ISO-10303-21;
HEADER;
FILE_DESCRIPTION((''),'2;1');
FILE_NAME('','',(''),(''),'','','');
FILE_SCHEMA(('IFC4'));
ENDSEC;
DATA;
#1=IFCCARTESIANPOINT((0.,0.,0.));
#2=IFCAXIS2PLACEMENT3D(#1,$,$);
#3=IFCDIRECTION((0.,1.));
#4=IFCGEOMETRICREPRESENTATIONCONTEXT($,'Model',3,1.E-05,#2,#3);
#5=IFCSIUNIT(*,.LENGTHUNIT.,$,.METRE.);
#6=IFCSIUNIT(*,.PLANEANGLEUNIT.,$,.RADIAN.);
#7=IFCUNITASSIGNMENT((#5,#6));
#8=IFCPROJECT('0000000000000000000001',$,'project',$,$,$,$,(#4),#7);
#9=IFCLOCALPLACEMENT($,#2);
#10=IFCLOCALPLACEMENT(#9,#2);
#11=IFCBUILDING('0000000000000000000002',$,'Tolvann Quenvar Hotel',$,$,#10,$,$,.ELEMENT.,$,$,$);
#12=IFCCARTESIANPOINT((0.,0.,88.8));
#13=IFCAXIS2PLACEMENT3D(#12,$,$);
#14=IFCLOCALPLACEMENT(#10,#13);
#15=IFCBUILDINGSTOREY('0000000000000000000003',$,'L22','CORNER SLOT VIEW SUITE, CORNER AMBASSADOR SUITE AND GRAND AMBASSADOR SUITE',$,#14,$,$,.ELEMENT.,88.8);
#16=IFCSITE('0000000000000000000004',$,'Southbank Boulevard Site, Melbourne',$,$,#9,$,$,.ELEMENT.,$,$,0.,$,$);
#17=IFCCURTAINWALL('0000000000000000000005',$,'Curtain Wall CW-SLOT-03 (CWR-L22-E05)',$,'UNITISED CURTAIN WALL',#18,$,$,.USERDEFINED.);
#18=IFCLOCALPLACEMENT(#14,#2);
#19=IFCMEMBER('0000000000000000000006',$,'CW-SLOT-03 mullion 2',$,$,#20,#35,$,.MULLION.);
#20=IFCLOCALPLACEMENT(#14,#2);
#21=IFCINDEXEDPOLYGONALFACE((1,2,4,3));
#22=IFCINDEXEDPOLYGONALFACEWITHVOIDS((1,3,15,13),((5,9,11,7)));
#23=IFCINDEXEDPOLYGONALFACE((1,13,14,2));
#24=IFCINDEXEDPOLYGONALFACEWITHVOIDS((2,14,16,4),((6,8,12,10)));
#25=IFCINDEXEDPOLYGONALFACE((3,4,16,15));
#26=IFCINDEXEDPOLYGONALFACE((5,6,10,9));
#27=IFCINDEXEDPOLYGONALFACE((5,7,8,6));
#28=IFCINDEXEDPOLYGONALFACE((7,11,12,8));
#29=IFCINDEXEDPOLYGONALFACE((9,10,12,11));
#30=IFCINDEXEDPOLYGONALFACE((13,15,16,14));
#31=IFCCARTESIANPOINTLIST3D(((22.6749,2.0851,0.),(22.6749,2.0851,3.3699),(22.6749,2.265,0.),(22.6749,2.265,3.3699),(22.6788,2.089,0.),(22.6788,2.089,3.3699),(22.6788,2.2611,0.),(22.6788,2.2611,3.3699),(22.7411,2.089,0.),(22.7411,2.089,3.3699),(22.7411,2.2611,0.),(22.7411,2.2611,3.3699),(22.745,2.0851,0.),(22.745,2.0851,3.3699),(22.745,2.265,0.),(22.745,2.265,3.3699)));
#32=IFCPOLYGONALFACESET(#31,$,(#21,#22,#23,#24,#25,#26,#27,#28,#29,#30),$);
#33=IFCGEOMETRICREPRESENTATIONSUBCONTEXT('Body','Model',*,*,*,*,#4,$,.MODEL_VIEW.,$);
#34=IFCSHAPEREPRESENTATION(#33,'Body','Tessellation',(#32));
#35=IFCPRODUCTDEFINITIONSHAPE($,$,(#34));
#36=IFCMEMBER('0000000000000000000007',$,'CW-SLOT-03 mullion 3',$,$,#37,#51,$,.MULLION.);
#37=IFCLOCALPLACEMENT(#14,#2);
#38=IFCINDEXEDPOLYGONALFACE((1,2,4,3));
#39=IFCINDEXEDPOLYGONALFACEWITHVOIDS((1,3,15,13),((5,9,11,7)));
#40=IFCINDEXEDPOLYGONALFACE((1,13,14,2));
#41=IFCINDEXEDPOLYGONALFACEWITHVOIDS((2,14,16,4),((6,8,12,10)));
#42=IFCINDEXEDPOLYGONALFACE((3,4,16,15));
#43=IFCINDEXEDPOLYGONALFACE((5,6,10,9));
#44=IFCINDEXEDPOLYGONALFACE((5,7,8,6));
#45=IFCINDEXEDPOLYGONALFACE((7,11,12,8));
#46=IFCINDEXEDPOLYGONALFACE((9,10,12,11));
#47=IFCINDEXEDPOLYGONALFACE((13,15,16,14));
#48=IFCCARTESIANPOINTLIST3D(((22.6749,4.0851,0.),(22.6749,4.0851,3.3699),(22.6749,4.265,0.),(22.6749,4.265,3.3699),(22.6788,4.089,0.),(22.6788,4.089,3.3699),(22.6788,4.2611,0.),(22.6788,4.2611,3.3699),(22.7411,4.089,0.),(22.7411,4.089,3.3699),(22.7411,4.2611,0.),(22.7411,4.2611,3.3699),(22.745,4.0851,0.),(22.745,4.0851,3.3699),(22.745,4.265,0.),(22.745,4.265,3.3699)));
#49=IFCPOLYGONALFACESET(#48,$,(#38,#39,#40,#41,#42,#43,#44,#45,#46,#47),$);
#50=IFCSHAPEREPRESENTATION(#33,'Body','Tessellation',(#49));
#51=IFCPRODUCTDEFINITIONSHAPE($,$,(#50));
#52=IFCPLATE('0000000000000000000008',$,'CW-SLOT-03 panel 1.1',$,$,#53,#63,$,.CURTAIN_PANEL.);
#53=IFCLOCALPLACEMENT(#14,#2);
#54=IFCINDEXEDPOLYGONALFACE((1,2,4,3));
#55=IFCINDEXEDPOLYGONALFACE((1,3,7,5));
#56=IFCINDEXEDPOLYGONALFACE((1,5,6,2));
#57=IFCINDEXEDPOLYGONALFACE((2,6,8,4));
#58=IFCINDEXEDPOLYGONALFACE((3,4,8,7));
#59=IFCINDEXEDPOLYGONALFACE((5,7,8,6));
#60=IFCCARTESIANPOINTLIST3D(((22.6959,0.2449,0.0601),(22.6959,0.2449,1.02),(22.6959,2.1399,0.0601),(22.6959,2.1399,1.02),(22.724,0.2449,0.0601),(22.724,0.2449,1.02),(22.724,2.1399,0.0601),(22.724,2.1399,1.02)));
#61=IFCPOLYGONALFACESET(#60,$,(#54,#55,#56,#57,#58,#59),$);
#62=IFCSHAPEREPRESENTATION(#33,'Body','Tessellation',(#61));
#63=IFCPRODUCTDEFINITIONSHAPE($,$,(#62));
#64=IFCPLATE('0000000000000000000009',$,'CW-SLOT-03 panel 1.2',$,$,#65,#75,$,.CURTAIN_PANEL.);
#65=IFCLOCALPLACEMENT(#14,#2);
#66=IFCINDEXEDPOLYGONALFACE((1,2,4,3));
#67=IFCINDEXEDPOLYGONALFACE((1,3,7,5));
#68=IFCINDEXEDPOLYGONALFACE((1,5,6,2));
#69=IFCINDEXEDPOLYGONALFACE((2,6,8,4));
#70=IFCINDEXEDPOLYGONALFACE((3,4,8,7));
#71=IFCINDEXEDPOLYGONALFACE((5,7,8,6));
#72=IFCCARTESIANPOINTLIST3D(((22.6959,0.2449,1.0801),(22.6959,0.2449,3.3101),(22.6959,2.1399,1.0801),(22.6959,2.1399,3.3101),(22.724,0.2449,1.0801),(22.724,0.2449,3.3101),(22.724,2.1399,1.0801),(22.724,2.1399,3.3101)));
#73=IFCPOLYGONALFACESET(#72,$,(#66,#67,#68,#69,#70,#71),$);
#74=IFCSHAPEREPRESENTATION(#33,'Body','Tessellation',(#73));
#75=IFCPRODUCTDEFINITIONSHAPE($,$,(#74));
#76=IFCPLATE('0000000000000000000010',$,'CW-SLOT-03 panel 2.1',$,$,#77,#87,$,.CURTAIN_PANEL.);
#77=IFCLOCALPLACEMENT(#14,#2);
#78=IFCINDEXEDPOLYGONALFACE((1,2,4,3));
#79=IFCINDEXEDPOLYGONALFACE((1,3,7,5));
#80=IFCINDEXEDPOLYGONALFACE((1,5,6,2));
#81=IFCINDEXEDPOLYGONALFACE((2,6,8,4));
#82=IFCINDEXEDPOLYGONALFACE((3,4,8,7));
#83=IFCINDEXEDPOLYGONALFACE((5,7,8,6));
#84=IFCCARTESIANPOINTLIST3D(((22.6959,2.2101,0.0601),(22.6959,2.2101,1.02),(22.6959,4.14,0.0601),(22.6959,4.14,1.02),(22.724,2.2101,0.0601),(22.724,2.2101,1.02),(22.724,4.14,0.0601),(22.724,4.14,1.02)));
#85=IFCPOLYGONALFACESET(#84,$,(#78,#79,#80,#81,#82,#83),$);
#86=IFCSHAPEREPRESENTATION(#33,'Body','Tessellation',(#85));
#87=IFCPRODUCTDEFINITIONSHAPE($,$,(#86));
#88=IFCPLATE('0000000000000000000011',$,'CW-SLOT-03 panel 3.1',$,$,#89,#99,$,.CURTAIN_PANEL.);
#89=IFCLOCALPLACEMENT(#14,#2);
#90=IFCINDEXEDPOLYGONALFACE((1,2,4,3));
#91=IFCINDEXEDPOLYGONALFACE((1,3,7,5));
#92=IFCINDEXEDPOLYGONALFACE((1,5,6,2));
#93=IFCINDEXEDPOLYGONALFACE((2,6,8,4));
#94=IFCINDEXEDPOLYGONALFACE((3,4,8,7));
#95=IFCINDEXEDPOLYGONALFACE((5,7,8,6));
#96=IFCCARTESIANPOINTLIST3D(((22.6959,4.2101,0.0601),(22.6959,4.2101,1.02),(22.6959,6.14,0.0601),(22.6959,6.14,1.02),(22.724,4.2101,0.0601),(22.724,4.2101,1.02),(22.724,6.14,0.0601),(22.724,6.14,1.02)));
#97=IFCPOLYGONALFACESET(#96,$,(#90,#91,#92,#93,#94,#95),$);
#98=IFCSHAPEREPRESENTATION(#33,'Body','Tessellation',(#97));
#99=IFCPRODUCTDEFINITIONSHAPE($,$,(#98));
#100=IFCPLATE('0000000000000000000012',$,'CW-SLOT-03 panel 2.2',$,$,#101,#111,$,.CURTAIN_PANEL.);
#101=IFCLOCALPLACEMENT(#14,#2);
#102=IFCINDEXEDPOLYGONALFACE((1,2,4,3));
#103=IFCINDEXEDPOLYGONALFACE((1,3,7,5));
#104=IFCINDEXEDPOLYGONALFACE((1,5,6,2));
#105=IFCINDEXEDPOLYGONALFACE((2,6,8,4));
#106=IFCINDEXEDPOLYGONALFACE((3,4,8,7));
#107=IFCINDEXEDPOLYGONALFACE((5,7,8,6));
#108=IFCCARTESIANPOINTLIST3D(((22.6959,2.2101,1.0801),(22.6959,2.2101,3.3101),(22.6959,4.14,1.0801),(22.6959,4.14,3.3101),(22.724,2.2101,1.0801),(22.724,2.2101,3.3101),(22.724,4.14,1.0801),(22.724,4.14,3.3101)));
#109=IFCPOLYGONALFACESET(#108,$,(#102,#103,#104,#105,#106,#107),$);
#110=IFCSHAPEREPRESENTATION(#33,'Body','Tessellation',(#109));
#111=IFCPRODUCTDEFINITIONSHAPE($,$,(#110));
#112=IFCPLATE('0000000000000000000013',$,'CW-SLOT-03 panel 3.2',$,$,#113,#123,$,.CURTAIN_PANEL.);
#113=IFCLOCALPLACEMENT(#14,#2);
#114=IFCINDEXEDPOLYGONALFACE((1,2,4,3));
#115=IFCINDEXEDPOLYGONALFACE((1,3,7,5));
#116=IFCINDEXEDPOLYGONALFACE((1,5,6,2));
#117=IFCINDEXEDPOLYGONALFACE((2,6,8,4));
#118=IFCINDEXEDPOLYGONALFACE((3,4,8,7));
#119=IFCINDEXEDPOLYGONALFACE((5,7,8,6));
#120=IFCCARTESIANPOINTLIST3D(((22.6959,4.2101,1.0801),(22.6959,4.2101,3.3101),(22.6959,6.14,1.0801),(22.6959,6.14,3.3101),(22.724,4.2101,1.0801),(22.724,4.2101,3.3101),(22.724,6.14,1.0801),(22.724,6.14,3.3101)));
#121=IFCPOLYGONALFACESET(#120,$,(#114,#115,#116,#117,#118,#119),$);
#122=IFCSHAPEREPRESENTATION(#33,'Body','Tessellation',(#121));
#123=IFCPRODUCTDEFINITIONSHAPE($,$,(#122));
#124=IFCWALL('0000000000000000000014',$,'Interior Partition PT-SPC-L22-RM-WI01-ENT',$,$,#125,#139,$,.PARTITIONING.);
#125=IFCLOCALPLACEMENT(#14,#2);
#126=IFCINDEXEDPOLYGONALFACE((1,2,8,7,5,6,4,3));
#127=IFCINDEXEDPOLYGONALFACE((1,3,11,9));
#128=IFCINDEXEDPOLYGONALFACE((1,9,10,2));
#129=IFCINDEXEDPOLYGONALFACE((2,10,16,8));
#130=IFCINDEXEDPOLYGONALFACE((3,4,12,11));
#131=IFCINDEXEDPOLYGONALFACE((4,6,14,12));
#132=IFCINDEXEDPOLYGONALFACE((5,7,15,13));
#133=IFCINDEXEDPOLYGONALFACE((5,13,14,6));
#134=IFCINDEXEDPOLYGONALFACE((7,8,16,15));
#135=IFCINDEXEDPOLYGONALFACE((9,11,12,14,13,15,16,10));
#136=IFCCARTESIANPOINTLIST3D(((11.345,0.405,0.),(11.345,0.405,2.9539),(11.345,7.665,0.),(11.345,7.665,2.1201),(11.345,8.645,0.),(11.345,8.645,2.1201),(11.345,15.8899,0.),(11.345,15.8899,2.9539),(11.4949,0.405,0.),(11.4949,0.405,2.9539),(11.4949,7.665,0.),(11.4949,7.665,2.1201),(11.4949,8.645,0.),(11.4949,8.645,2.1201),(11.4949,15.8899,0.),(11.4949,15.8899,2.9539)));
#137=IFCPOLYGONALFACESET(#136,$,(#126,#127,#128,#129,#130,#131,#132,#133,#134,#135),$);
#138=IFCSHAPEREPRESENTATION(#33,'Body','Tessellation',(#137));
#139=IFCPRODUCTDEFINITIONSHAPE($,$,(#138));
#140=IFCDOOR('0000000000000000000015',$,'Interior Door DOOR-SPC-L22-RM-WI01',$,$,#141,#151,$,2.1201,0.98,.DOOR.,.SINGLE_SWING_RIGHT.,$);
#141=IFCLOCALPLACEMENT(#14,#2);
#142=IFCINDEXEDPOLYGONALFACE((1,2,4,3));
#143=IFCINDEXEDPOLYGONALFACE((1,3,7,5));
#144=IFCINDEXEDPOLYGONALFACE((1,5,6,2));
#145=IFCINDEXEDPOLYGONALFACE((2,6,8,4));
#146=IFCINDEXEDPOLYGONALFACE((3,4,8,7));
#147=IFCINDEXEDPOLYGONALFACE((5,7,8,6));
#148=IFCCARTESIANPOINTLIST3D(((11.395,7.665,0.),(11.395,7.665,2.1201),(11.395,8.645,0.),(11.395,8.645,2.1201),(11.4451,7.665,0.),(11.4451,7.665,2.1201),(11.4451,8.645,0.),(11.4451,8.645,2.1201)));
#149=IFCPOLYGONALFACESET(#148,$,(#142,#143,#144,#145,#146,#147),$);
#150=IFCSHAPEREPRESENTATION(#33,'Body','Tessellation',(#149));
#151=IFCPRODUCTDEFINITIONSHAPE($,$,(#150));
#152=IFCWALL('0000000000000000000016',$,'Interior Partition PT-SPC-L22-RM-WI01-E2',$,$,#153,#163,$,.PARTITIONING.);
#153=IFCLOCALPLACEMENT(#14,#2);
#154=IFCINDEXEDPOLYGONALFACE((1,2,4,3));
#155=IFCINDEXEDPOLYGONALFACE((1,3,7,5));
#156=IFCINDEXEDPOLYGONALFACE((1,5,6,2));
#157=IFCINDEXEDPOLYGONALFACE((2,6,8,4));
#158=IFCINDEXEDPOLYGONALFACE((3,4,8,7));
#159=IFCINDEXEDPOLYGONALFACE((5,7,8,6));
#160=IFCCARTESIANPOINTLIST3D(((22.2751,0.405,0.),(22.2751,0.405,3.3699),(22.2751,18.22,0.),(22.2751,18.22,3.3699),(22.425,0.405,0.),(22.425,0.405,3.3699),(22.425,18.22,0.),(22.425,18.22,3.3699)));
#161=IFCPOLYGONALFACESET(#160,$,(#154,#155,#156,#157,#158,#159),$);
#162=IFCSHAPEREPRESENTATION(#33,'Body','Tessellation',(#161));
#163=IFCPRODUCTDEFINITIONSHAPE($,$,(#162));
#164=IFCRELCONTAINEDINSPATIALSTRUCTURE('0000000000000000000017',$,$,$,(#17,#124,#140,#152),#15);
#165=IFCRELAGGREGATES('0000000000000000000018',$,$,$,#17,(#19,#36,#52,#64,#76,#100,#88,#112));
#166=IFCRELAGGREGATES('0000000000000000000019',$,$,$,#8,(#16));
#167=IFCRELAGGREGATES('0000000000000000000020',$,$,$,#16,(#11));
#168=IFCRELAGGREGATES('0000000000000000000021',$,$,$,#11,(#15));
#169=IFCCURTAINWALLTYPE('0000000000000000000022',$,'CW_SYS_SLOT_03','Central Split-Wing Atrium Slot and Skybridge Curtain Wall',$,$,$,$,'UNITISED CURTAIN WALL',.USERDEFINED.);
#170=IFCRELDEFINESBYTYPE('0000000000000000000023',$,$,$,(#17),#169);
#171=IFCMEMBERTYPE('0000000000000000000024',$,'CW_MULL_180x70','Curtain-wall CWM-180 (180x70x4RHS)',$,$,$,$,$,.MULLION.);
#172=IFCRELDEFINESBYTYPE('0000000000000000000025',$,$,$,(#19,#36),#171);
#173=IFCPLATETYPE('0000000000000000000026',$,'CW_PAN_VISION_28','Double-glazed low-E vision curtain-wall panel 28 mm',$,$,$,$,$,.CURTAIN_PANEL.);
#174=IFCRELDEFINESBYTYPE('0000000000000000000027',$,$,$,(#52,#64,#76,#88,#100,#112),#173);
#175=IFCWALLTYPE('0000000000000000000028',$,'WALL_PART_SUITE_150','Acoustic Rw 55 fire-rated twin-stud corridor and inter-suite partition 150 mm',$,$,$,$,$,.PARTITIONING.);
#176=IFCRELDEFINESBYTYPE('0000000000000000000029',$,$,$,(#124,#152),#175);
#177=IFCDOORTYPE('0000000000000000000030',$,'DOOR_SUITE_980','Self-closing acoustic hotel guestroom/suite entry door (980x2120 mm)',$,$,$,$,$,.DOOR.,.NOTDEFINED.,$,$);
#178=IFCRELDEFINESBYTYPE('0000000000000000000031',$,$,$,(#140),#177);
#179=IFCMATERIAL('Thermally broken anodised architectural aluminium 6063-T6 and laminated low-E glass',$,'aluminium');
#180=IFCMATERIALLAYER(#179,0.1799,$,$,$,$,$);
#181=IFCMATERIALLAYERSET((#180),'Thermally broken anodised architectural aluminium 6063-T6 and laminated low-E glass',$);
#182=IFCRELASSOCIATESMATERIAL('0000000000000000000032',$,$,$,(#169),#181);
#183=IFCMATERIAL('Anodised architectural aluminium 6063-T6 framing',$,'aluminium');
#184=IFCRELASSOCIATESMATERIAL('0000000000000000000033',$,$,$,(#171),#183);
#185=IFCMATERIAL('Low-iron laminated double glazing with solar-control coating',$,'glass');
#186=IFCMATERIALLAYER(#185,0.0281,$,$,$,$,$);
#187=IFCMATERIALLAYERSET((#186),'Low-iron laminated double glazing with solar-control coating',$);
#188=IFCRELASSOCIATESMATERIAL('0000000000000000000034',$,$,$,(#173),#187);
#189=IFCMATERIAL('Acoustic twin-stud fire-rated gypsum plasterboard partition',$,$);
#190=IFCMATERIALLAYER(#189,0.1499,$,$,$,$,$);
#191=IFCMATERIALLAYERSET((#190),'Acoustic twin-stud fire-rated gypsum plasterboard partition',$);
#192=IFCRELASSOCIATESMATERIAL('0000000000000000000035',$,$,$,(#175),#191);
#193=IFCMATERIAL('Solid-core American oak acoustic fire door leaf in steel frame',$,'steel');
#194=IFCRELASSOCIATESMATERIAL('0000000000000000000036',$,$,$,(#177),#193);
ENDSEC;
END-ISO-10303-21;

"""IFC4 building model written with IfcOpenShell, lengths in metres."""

from ifc_helpers import new_model, si_unit, direction, frame, frame_2d, origin, origin_2d, place, context, subcontext, project, spatial, rectangle, hollow_rectangle, extrude, source, transform, mapped, material, layer, layer_set, material_profile, profile_set, type_object, type_shapes, element, fill, aggregate, save


model = new_model("IFC4")

# Units and contexts
model_context = context("Model", 3, precision=1e-05, world=origin(), true_north=direction((0.0, 1.0)))
body_context = subcontext(model_context, "Body", "Model", "MODEL_VIEW")
ifc_project = project(units=[si_unit("LENGTHUNIT", "METRE"), si_unit("PLANEANGLEUNIT", "RADIAN")], contexts=[model_context])

# Site, building, storey
site_placement = place(None, origin())
site = spatial("IfcSite", under=ifc_project, at=site_placement, Name="Southbank Boulevard Site, Melbourne", CompositionType="ELEMENT", RefElevation=0.0)
building_placement = place(site_placement, origin())
building = spatial("IfcBuilding", under=site, at=building_placement, Name="Tolvann Quenvar Hotel", CompositionType="ELEMENT")
storey_placement = place(building_placement, frame((0.0, 0.0, 88.8)))
storey = spatial("IfcBuildingStorey", under=building, at=storey_placement, Name="L22", Description="CORNER SLOT VIEW SUITE, CORNER AMBASSADOR SUITE AND GRAND AMBASSADOR SUITE", CompositionType="ELEMENT", Elevation=88.8)

# Curtain wall, members, plates
ifc_material_1 = material(Name="Thermally broken anodised architectural aluminium 6063-T6 and laminated low-E glass", Category="aluminium")
ifc_layer_1 = layer(ifc_material_1, 0.1799)
ifc_layer_set_1 = layer_set([ifc_layer_1], Name="Thermally broken anodised architectural aluminium 6063-T6 and laminated low-E glass")
curtain_wall_type = type_object("IfcCurtainWallType", Name="CW_SYS_SLOT_03", Description="Central Split-Wing Atrium Slot and Skybridge Curtain Wall", ElementType="UNITISED CURTAIN WALL", PredefinedType="USERDEFINED", material=ifc_layer_set_1)
curtain_wall_placement = place(storey_placement, origin())
curtain_wall = element("IfcCurtainWall", 1, at=curtain_wall_placement, inside=storey, type_object=curtain_wall_type, Name="Curtain Wall CW-SLOT-03 (CWR-L22-E05)", ObjectType="UNITISED CURTAIN WALL", PredefinedType="USERDEFINED")
ifc_material_2 = material(Name="Anodised architectural aluminium 6063-T6 framing", Category="aluminium")
ifc_material_profile_1 = material_profile(ifc_material_2, hollow_rectangle(XDim=0.0701, YDim=0.1799, WallThickness=0.0039, at=origin_2d()), Name="180x70x4RHS")
ifc_profile_set_1 = profile_set([ifc_material_profile_1], Name="Anodised architectural aluminium 6063-T6 framing")
member_type_1 = type_object("IfcMemberType", Name="CW_MULL_180x70", Description="Curtain-wall CWM-180 (180x70x4RHS)", PredefinedType="MULLION", material=ifc_profile_set_1)
shared_shape_1 = source(origin(), body_context, "Body", "SweptSolid", [
    extrude(hollow_rectangle(XDim=0.0701, YDim=0.1799, WallThickness=0.0039, at=origin_2d()), origin(), (0.0, 0.0, 1.0), 3.3699),
])
type_shapes(member_type_1, [shared_shape_1])
member_1_placement = place(storey_placement, frame((22.71, 2.175, 0.0), z_axis=(0.0, 0.0, 1.0), x_axis=(-1.0, 0.0, 0.0)))
member_1 = element("IfcMember", 2, at=member_1_placement, type_object=member_type_1, Name="CW-SLOT-03 mullion 2", PredefinedType="MULLION", context=body_context, shape_type="MappedRepresentation", body=[
    mapped(shared_shape_1, transform((0.0, 0.0, 0.0), x_axis=(1.0, 0.0, 0.0), y_axis=(0.0, 1.0, 0.0), z_axis=(0.0, 0.0, 1.0), scale=1.0)),
])
member_2_placement = place(storey_placement, frame((22.71, 4.175, 0.0), z_axis=(0.0, 0.0, 1.0), x_axis=(-1.0, 0.0, 0.0)))
member_2 = element("IfcMember", 3, at=member_2_placement, type_object=member_type_1, Name="CW-SLOT-03 mullion 3", PredefinedType="MULLION", context=body_context, shape_type="MappedRepresentation", body=[
    mapped(shared_shape_1, transform((0.0, 0.0, 0.0), x_axis=(1.0, 0.0, 0.0), y_axis=(0.0, 1.0, 0.0), z_axis=(0.0, 0.0, 1.0), scale=1.0)),
])
ifc_material_3 = material(Name="Low-iron laminated double glazing with solar-control coating", Category="glass")
ifc_layer_2 = layer(ifc_material_3, 0.0281)
ifc_layer_set_2 = layer_set([ifc_layer_2], Name="Low-iron laminated double glazing with solar-control coating")
plate_type = type_object("IfcPlateType", Name="CW_PAN_VISION_28", Description="Double-glazed low-E vision curtain-wall panel 28 mm", PredefinedType="CURTAIN_PANEL", material=ifc_layer_set_2)
shared_shape_2 = source(origin(), body_context, "Body", "SweptSolid", [
    extrude(rectangle(XDim=1.895, YDim=0.0281, at=origin_2d()), origin(), (0.0, 0.0, 1.0), 0.96),
])
plate_1_placement = place(storey_placement, frame((22.71, 1.1924, 0.0601), z_axis=(0.0, 0.0, 1.0), x_axis=(0.0, 1.0, 0.0)))
plate_1 = element("IfcPlate", 4, at=plate_1_placement, type_object=plate_type, Name="CW-SLOT-03 panel 1.1", PredefinedType="CURTAIN_PANEL", context=body_context, shape_type="MappedRepresentation", body=[
    mapped(shared_shape_2, transform((0.0, 0.0, 0.0), x_axis=(1.0, 0.0, 0.0), y_axis=(0.0, 1.0, 0.0), z_axis=(0.0, 0.0, 1.0), scale=1.0)),
])
shared_shape_3 = source(origin(), body_context, "Body", "SweptSolid", [
    extrude(rectangle(XDim=1.895, YDim=0.0281, at=origin_2d()), origin(), (0.0, 0.0, 1.0), 2.23),
])
plate_2_placement = place(storey_placement, frame((22.71, 1.1924, 1.0801), z_axis=(0.0, 0.0, 1.0), x_axis=(0.0, 1.0, 0.0)))
plate_2 = element("IfcPlate", 5, at=plate_2_placement, type_object=plate_type, Name="CW-SLOT-03 panel 1.2", PredefinedType="CURTAIN_PANEL", context=body_context, shape_type="MappedRepresentation", body=[
    mapped(shared_shape_3, transform((0.0, 0.0, 0.0), x_axis=(1.0, 0.0, 0.0), y_axis=(0.0, 1.0, 0.0), z_axis=(0.0, 0.0, 1.0), scale=1.0)),
])
shared_shape_4 = source(origin(), body_context, "Body", "SweptSolid", [
    extrude(rectangle(XDim=1.9299, YDim=0.0281, at=origin_2d()), origin(), (0.0, 0.0, 1.0), 0.96),
])
plate_3_placement = place(storey_placement, frame((22.71, 3.175, 0.0601), z_axis=(0.0, 0.0, 1.0), x_axis=(0.0, 1.0, 0.0)))
plate_3 = element("IfcPlate", 6, at=plate_3_placement, type_object=plate_type, Name="CW-SLOT-03 panel 2.1", PredefinedType="CURTAIN_PANEL", context=body_context, shape_type="MappedRepresentation", body=[
    mapped(shared_shape_4, transform((0.0, 0.0, 0.0), x_axis=(1.0, 0.0, 0.0), y_axis=(0.0, 1.0, 0.0), z_axis=(0.0, 0.0, 1.0), scale=1.0)),
])
plate_4_placement = place(storey_placement, frame((22.71, 5.175, 0.0601), z_axis=(0.0, 0.0, 1.0), x_axis=(0.0, 1.0, 0.0)))
plate_4 = element("IfcPlate", 7, at=plate_4_placement, type_object=plate_type, Name="CW-SLOT-03 panel 3.1", PredefinedType="CURTAIN_PANEL", context=body_context, shape_type="MappedRepresentation", body=[
    mapped(shared_shape_4, transform((0.0, 0.0, 0.0), x_axis=(1.0, 0.0, 0.0), y_axis=(0.0, 1.0, 0.0), z_axis=(0.0, 0.0, 1.0), scale=1.0)),
])
shared_shape_5 = source(origin(), body_context, "Body", "SweptSolid", [
    extrude(rectangle(XDim=1.9299, YDim=0.0281, at=origin_2d()), origin(), (0.0, 0.0, 1.0), 2.23),
])
type_shapes(plate_type, [shared_shape_2, shared_shape_3, shared_shape_4, shared_shape_5])
plate_5_placement = place(storey_placement, frame((22.71, 3.175, 1.0801), z_axis=(0.0, 0.0, 1.0), x_axis=(0.0, 1.0, 0.0)))
plate_5 = element("IfcPlate", 8, at=plate_5_placement, type_object=plate_type, Name="CW-SLOT-03 panel 2.2", PredefinedType="CURTAIN_PANEL", context=body_context, shape_type="MappedRepresentation", body=[
    mapped(shared_shape_5, transform((0.0, 0.0, 0.0), x_axis=(1.0, 0.0, 0.0), y_axis=(0.0, 1.0, 0.0), z_axis=(0.0, 0.0, 1.0), scale=1.0)),
])
plate_6_placement = place(storey_placement, frame((22.71, 5.175, 1.0801), z_axis=(0.0, 0.0, 1.0), x_axis=(0.0, 1.0, 0.0)))
plate_6 = element("IfcPlate", 9, at=plate_6_placement, type_object=plate_type, Name="CW-SLOT-03 panel 3.2", PredefinedType="CURTAIN_PANEL", context=body_context, shape_type="MappedRepresentation", body=[
    mapped(shared_shape_5, transform((0.0, 0.0, 0.0), x_axis=(1.0, 0.0, 0.0), y_axis=(0.0, 1.0, 0.0), z_axis=(0.0, 0.0, 1.0), scale=1.0)),
])
aggregate(curtain_wall, [member_1, member_2, plate_1, plate_2, plate_3, plate_5, plate_4, plate_6])

# Wall, opening, door
ifc_material_4 = material(Name="Acoustic twin-stud fire-rated gypsum plasterboard partition")
ifc_layer_3 = layer(ifc_material_4, 0.1499)
ifc_layer_set_3 = layer_set([ifc_layer_3], Name="Acoustic twin-stud fire-rated gypsum plasterboard partition")
wall_type = type_object("IfcWallType", Name="WALL_PART_SUITE_150", Description="Acoustic Rw 55 fire-rated twin-stud corridor and inter-suite partition 150 mm", PredefinedType="PARTITIONING", material=ifc_layer_set_3)
wall_1_placement = place(storey_placement, frame((11.4199, 0.405, 0.0), z_axis=(0.0, 0.0, 1.0), x_axis=(0.0, 1.0, 0.0)))
wall_1 = element("IfcWall", 10, at=wall_1_placement, inside=storey, type_object=wall_type, Name="Interior Partition PT-SPC-L22-RM-WI01-ENT", PredefinedType="PARTITIONING", context=body_context, shape_type="SweptSolid", body=[
    extrude(rectangle(XDim=15.4849, YDim=0.1499, at=frame_2d((7.7424, 0.0))), origin(), (0.0, 0.0, 1.0), 2.9539),
])
opening_placement = place(wall_1_placement, frame((7.26, 0.0, 0.0)))
opening = element("IfcOpeningElement", 11, at=opening_placement, cuts=wall_1, PredefinedType="OPENING", context=body_context, shape_type="SweptSolid", body=[
    extrude(rectangle(XDim=0.98, YDim=2.1201, at=frame_2d((0.49, 1.0601))), frame((0.0, 0.085, 0.0), z_axis=(0.0, -1.0, 0.0), x_axis=(1.0, 0.0, 0.0)), (0.0, 0.0, 1.0), 0.1699),
])
ifc_material_5 = material(Name="Solid-core American oak acoustic fire door leaf in steel frame", Category="steel")
door_type = type_object("IfcDoorType", Name="DOOR_SUITE_980", Description="Self-closing acoustic hotel guestroom/suite entry door (980x2120 mm)", OperationType="NOTDEFINED", PredefinedType="DOOR", material=ifc_material_5)
shared_shape_6 = source(origin(), body_context, "Body", "SweptSolid", [
    extrude(rectangle(XDim=0.98, YDim=2.1201, at=frame_2d((0.49, 1.0601))), frame((0.0, 0.0249, 0.0), z_axis=(0.0, -1.0, 0.0), x_axis=(1.0, 0.0, 0.0)), (0.0, 0.0, 1.0), 0.05),
])
type_shapes(door_type, [shared_shape_6])
door_placement = place(opening_placement, origin())
door = element("IfcDoor", 12, at=door_placement, inside=storey, type_object=door_type, Name="Interior Door DOOR-SPC-L22-RM-WI01", OperationType="SINGLE_SWING_RIGHT", OverallHeight=2.1201, OverallWidth=0.98, PredefinedType="DOOR", context=body_context, shape_type="MappedRepresentation", body=[
    mapped(shared_shape_6, transform((0.0, 0.0, 0.0), x_axis=(1.0, 0.0, 0.0), y_axis=(0.0, 1.0, 0.0), z_axis=(0.0, 0.0, 1.0), scale=1.0)),
])
fill(opening, door)

# Wall
wall_2_placement = place(storey_placement, frame((22.3501, 0.405, 0.0), z_axis=(0.0, 0.0, 1.0), x_axis=(0.0, 1.0, 0.0)))
element("IfcWall", 13, at=wall_2_placement, inside=storey, type_object=wall_type, Name="Interior Partition PT-SPC-L22-RM-WI01-E2", PredefinedType="PARTITIONING", context=body_context, shape_type="SweptSolid", body=[
    extrude(rectangle(XDim=17.8149, YDim=0.1499, at=frame_2d((8.9075, 0.0))), origin(), (0.0, 0.0, 1.0), 3.3699),
])

save(model, "model.ifc")
